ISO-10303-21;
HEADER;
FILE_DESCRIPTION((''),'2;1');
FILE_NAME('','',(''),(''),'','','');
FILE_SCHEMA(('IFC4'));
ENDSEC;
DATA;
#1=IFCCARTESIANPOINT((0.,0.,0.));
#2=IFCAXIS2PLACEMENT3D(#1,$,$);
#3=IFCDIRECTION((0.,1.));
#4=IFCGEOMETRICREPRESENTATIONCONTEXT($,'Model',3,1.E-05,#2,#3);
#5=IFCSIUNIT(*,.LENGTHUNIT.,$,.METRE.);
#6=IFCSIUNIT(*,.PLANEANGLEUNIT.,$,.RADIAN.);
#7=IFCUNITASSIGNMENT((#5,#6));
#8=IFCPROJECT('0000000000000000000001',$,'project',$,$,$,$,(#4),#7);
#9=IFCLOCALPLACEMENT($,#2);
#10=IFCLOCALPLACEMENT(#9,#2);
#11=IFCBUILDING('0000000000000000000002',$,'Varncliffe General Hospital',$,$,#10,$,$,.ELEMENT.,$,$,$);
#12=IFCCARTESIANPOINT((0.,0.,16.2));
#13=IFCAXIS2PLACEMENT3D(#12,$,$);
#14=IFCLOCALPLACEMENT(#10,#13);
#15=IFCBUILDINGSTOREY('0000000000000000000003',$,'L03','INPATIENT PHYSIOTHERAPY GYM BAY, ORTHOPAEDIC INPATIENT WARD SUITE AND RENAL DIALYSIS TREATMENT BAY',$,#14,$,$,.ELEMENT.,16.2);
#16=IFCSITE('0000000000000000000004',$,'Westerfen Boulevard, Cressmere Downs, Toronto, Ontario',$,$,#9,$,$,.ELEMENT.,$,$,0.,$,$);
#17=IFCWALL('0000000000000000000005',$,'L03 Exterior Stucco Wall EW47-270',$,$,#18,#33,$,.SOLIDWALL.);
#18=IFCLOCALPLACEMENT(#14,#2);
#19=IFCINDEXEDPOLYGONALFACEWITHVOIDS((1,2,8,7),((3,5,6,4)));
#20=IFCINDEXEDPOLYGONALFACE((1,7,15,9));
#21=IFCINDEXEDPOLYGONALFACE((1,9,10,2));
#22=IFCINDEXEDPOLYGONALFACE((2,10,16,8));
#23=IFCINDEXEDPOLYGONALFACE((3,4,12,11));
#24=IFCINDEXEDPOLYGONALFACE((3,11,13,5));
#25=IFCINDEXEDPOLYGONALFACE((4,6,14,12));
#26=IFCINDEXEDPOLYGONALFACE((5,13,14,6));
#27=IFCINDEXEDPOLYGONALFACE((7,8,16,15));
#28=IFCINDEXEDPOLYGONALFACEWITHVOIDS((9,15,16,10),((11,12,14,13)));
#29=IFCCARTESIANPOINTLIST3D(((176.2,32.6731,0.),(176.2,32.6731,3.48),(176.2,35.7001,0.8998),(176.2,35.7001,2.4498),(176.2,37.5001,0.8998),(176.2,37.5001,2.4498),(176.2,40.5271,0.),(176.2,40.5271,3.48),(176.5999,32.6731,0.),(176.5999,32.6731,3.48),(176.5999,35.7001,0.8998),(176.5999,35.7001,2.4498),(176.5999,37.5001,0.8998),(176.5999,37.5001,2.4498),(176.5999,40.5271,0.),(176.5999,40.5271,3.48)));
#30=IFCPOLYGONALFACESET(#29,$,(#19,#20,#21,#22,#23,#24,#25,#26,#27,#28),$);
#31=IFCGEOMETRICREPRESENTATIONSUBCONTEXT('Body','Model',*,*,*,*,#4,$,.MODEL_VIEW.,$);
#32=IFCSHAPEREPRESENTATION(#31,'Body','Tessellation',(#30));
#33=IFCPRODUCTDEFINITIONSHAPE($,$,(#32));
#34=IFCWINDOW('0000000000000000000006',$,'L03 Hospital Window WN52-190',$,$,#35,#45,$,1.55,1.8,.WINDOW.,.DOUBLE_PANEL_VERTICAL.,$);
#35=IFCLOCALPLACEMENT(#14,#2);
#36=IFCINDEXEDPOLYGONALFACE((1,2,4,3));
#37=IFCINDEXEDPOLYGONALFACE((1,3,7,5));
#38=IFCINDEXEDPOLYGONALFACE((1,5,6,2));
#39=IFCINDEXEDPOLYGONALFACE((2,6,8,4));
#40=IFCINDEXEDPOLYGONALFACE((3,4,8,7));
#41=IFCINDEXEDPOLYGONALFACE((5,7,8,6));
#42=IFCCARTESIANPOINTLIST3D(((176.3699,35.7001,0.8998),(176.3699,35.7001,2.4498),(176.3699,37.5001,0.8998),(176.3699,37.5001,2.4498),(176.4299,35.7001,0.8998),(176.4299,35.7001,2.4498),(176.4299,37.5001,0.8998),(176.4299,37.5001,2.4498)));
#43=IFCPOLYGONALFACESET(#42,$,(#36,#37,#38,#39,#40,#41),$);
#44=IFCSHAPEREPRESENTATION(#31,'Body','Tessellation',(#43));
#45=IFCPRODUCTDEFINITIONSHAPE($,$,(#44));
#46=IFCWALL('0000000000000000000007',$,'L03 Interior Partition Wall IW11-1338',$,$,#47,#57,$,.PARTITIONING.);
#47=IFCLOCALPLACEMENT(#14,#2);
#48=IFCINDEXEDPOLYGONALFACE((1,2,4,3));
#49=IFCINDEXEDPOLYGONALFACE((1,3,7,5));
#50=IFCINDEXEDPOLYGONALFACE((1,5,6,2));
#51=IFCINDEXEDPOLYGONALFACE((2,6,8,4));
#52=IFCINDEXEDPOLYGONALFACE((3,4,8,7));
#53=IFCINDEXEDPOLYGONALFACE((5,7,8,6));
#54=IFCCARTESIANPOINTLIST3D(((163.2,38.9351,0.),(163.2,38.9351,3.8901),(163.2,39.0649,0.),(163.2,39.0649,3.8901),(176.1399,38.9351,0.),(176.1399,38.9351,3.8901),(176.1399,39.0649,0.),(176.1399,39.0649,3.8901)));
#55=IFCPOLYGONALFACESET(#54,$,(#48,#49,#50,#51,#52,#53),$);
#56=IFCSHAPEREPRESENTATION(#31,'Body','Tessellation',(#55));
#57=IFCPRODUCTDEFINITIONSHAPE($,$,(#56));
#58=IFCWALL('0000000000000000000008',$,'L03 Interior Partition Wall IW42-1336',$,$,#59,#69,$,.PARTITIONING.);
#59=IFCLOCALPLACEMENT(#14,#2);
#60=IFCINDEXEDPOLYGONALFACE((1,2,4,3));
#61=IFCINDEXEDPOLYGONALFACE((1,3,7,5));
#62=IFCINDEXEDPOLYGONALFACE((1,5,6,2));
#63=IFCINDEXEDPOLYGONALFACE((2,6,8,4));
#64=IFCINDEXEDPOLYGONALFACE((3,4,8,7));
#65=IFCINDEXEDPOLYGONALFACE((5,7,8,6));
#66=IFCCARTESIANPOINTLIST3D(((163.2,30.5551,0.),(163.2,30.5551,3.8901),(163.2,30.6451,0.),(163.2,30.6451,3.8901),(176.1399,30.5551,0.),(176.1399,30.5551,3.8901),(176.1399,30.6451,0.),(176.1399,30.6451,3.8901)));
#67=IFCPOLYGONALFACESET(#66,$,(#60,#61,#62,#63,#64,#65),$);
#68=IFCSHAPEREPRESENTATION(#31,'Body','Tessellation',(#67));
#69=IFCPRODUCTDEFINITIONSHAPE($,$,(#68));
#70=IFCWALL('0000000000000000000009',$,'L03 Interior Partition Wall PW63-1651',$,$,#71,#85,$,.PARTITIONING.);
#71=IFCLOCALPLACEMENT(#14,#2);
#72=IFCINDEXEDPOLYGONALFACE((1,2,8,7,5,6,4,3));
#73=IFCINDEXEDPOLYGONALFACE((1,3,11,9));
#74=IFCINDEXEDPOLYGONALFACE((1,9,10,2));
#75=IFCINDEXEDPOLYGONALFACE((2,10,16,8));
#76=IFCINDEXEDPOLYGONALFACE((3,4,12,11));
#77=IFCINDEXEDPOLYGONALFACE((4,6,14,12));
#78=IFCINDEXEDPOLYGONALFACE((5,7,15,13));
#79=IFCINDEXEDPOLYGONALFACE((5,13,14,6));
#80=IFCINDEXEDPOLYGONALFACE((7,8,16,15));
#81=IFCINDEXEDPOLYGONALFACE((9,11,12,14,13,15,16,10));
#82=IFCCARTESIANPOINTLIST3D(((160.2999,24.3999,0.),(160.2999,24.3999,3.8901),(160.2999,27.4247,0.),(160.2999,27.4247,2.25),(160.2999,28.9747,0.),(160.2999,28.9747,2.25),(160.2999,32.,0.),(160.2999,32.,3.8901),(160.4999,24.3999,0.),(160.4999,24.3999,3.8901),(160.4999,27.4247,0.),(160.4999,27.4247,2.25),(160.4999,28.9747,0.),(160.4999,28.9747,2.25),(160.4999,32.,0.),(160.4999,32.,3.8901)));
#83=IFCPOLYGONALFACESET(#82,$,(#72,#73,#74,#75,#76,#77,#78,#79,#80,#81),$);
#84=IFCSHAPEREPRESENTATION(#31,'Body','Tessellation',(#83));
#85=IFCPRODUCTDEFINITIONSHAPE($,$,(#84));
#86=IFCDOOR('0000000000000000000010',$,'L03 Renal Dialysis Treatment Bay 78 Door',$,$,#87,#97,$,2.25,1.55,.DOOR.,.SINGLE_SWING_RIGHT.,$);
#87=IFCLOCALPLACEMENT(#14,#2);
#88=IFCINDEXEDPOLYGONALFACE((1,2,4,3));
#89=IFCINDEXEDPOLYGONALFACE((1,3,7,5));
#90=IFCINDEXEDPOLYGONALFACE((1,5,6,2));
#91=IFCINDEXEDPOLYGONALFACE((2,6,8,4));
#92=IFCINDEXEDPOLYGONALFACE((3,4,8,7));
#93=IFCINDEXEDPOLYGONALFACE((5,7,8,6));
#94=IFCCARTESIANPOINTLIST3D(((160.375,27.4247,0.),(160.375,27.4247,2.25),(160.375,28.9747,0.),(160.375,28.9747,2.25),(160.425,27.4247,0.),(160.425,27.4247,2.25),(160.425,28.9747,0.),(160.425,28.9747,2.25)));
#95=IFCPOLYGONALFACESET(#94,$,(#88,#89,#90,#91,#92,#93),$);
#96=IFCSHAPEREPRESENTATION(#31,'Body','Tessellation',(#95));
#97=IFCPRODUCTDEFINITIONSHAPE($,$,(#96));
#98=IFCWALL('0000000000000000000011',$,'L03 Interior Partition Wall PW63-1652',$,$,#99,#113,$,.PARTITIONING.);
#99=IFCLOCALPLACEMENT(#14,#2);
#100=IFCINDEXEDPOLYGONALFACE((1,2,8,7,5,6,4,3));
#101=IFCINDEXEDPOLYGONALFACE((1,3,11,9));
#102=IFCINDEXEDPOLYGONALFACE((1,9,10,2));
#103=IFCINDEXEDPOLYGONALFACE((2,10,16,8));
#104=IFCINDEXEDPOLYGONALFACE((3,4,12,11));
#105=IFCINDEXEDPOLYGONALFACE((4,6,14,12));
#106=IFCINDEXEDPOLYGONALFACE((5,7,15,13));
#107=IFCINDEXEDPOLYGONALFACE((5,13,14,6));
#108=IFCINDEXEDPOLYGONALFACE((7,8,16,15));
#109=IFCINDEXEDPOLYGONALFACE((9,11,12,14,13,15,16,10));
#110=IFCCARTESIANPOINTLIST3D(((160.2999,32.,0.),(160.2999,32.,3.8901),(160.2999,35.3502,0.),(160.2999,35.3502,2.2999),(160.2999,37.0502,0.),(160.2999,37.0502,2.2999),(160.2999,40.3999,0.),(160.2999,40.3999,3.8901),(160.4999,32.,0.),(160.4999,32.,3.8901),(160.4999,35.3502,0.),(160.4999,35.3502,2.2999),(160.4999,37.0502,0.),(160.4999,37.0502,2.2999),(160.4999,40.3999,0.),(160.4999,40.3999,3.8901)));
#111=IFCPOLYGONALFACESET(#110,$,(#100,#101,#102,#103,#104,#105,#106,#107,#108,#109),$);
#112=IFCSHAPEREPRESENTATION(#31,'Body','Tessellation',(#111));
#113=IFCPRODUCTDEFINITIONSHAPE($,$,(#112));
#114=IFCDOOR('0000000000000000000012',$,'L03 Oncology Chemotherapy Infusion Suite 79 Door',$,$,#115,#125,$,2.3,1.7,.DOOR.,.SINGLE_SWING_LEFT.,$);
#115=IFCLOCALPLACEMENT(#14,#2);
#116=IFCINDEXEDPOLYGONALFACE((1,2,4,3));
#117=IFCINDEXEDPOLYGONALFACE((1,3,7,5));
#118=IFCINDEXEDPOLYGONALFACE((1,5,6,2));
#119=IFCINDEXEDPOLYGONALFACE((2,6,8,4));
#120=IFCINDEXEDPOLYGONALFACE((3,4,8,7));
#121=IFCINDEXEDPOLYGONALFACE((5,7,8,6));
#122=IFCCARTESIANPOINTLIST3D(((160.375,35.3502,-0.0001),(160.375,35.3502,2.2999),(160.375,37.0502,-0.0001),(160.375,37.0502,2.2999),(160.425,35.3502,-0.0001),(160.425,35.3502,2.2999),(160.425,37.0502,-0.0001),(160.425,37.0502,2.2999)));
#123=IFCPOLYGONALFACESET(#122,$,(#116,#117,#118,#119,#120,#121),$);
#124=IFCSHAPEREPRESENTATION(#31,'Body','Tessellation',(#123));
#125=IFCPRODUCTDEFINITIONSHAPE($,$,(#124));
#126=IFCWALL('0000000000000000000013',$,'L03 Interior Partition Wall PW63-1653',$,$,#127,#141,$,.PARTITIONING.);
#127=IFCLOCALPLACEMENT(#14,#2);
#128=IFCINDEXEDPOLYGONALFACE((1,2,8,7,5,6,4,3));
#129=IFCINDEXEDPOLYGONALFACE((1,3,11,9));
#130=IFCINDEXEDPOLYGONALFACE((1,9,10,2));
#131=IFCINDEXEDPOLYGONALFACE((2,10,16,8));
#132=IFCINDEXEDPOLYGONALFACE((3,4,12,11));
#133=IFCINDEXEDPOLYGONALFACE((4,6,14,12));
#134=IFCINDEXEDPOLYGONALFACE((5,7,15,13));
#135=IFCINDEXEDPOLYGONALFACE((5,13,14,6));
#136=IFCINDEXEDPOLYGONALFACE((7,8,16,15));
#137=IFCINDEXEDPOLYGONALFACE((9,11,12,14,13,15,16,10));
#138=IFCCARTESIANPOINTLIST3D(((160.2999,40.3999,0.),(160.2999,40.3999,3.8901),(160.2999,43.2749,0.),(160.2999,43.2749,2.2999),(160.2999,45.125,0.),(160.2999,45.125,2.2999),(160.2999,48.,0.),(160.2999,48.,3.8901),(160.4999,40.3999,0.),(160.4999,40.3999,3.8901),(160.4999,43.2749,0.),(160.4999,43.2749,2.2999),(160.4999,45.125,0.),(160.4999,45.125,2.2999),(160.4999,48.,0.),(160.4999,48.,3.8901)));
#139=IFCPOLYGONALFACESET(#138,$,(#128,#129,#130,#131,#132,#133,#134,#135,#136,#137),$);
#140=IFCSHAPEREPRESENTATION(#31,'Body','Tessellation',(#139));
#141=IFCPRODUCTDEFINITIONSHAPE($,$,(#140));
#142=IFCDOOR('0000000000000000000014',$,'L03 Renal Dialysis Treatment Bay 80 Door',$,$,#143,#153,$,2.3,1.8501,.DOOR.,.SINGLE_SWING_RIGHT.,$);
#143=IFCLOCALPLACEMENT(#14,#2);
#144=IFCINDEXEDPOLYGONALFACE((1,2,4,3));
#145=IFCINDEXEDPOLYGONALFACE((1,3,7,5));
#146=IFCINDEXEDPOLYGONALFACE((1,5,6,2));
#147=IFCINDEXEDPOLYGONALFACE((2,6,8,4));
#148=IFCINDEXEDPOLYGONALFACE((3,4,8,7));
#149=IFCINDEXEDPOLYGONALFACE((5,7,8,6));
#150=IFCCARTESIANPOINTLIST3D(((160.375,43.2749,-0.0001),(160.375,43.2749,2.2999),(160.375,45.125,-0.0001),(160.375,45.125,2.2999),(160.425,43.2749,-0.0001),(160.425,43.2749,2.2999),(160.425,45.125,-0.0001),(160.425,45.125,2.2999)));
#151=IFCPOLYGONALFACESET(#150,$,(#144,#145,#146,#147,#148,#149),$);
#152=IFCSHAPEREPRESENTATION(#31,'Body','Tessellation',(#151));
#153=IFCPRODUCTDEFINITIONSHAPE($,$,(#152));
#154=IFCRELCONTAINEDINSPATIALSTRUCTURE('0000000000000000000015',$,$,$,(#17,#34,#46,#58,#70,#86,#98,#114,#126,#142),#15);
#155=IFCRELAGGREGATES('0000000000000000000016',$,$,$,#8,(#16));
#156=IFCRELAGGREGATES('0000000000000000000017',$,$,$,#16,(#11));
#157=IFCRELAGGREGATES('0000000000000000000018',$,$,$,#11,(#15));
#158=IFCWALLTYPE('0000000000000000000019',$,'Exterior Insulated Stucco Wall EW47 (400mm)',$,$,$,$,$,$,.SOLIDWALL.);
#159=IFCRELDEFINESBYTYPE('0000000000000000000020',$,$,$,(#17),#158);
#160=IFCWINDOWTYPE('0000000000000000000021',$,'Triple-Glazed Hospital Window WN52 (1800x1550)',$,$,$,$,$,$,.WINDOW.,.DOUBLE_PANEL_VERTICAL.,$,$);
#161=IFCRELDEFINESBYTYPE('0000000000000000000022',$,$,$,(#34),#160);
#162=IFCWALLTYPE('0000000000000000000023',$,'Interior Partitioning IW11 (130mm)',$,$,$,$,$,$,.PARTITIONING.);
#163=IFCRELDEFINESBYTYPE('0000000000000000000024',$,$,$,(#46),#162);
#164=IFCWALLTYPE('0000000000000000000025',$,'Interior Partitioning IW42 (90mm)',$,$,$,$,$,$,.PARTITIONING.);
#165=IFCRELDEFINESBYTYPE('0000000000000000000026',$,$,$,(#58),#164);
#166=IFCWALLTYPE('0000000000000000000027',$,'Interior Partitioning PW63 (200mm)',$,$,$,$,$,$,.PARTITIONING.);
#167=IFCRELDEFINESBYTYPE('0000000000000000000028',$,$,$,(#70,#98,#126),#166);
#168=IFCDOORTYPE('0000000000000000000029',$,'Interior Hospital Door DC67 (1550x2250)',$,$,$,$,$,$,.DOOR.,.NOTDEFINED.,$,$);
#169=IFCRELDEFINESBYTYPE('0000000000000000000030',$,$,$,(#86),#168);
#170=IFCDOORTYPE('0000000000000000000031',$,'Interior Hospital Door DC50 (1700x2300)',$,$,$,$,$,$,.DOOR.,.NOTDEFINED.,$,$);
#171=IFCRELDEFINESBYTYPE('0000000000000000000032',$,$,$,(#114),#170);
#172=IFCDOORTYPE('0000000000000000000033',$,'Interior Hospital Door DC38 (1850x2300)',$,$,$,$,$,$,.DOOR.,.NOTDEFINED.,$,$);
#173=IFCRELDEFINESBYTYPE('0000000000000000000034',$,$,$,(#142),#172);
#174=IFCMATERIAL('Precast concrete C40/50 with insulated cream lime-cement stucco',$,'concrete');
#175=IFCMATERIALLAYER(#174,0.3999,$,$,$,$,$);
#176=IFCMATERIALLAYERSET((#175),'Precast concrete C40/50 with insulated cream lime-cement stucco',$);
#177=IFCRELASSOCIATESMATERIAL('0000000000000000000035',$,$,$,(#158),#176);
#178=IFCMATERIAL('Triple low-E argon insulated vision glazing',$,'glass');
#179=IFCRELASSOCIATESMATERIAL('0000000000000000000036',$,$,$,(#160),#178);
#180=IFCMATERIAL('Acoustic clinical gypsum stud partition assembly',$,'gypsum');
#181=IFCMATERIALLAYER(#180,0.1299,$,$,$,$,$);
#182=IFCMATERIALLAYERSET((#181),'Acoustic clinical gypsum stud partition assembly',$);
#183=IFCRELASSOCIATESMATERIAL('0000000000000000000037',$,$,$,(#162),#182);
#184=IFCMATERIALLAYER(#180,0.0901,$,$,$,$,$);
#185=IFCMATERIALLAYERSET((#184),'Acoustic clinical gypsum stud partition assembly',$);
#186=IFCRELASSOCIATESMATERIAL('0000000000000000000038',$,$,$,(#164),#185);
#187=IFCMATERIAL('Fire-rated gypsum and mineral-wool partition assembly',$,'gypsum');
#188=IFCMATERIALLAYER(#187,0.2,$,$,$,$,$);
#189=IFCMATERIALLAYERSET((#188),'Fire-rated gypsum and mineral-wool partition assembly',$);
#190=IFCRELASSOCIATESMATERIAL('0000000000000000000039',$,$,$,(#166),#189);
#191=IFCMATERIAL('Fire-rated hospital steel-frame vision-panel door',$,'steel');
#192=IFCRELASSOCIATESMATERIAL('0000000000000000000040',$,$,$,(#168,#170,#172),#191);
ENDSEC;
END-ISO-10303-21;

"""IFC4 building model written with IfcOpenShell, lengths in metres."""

from ifc_helpers import new_model, si_unit, direction, frame, frame_2d, origin, place, context, subcontext, project, spatial, rectangle, extrude, material, layer, layer_set, type_object, element, fill, save


model = new_model("IFC4")

# Units and contexts
model_context = context("Model", 3, precision=1e-05, world=origin(), true_north=direction((0.0, 1.0)))
body_context = subcontext(model_context, "Body", "Model", "MODEL_VIEW")
ifc_project = project(units=[si_unit("LENGTHUNIT", "METRE"), si_unit("PLANEANGLEUNIT", "RADIAN")], contexts=[model_context])

# Site, building, storey
site_placement = place(None, origin())
site = spatial("IfcSite", under=ifc_project, at=site_placement, Name="Westerfen Boulevard, Cressmere Downs, Toronto, Ontario", CompositionType="ELEMENT", RefElevation=0.0)
building_placement = place(site_placement, origin())
building = spatial("IfcBuilding", under=site, at=building_placement, Name="Varncliffe General Hospital", CompositionType="ELEMENT")
storey_placement = place(building_placement, frame((0.0, 0.0, 16.2)))
storey = spatial("IfcBuildingStorey", under=building, at=storey_placement, Name="L03", Description="INPATIENT PHYSIOTHERAPY GYM BAY, ORTHOPAEDIC INPATIENT WARD SUITE AND RENAL DIALYSIS TREATMENT BAY", CompositionType="ELEMENT", Elevation=16.2)

# Wall, opening, window
ifc_material_1 = material(Name="Precast concrete C40/50 with insulated cream lime-cement stucco", Category="concrete")
ifc_material_2 = material(Name="Triple low-E argon insulated vision glazing", Category="glass")
ifc_layer_1 = layer(ifc_material_1, 0.3999)
ifc_layer_set_1 = layer_set([ifc_layer_1], Name="Precast concrete C40/50 with insulated cream lime-cement stucco")
wall_type_1 = type_object("IfcWallType", Name="Exterior Insulated Stucco Wall EW47 (400mm)", PredefinedType="SOLIDWALL", material=ifc_layer_set_1)
wall_1_placement = place(storey_placement, frame((176.3999, 40.5271, 0.0), z_axis=(0.0, 0.0, 1.0), x_axis=(0.0, -1.0, 0.0)))
wall_1 = element("IfcWall", 1, at=wall_1_placement, inside=storey, type_object=wall_type_1, Name="L03 Exterior Stucco Wall EW47-270", PredefinedType="SOLIDWALL", context=body_context, shape_type="SweptSolid", body=[
    extrude(rectangle(XDim=7.854, YDim=0.3999, at=frame_2d((3.927, 0.0))), origin(), (0.0, 0.0, 1.0), 3.48),
])
opening_1_placement = place(wall_1_placement, frame((3.0271, 0.0, 0.8999)))
opening_1 = element("IfcOpeningElement", 2, at=opening_1_placement, cuts=wall_1, PredefinedType="OPENING", context=body_context, shape_type="SweptSolid", body=[
    extrude(rectangle(XDim=1.8, YDim=1.55, at=frame_2d((0.8999, 0.7749))), frame((0.0, 0.21, 0.0), z_axis=(0.0, -1.0, 0.0), x_axis=(1.0, 0.0, 0.0)), (0.0, 0.0, 1.0), 0.4199),
])
window_type_1 = type_object("IfcWindowType", Name="Triple-Glazed Hospital Window WN52 (1800x1550)", PartitioningType="DOUBLE_PANEL_VERTICAL", PredefinedType="WINDOW", material=ifc_material_2)
window_1_placement = place(opening_1_placement, origin())
window_1 = element("IfcWindow", 3, at=window_1_placement, inside=storey, type_object=window_type_1, Name="L03 Hospital Window WN52-190", OverallHeight=1.55, OverallWidth=1.8, PartitioningType="DOUBLE_PANEL_VERTICAL", PredefinedType="WINDOW", context=body_context, shape_type="SweptSolid", body=[
    extrude(rectangle(XDim=1.8, YDim=1.55, at=frame_2d((0.8999, 0.7749))), frame((0.0, 0.03, 0.0), z_axis=(0.0, -1.0, 0.0), x_axis=(1.0, 0.0, 0.0)), (0.0, 0.0, 1.0), 0.0601),
])
fill(opening_1, window_1)

# Walls
ifc_material_3 = material(Name="Acoustic clinical gypsum stud partition assembly", Category="gypsum")
ifc_layer_2 = layer(ifc_material_3, 0.1299)
ifc_layer_set_2 = layer_set([ifc_layer_2], Name="Acoustic clinical gypsum stud partition assembly")
wall_type_2 = type_object("IfcWallType", Name="Interior Partitioning IW11 (130mm)", PredefinedType="PARTITIONING", material=ifc_layer_set_2)
wall_2_placement = place(storey_placement, frame((163.2, 39.0, 0.0), z_axis=(0.0, 0.0, 1.0), x_axis=(1.0, 0.0, 0.0)))
element("IfcWall", 4, at=wall_2_placement, inside=storey, type_object=wall_type_2, Name="L03 Interior Partition Wall IW11-1338", PredefinedType="PARTITIONING", context=body_context, shape_type="SweptSolid", body=[
    extrude(rectangle(XDim=12.9399, YDim=0.1299, at=frame_2d((6.47, 0.0))), origin(), (0.0, 0.0, 1.0), 3.8901),
])
ifc_layer_3 = layer(ifc_material_3, 0.0901)
ifc_layer_set_3 = layer_set([ifc_layer_3], Name="Acoustic clinical gypsum stud partition assembly")
wall_type_3 = type_object("IfcWallType", Name="Interior Partitioning IW42 (90mm)", PredefinedType="PARTITIONING", material=ifc_layer_set_3)
wall_3_placement = place(storey_placement, frame((163.2, 30.6001, 0.0), z_axis=(0.0, 0.0, 1.0), x_axis=(1.0, 0.0, 0.0)))
element("IfcWall", 5, at=wall_3_placement, inside=storey, type_object=wall_type_3, Name="L03 Interior Partition Wall IW42-1336", PredefinedType="PARTITIONING", context=body_context, shape_type="SweptSolid", body=[
    extrude(rectangle(XDim=12.9399, YDim=0.0901, at=frame_2d((6.47, 0.0))), origin(), (0.0, 0.0, 1.0), 3.8901),
])

# Walls, openings, doors
ifc_material_4 = material(Name="Fire-rated gypsum and mineral-wool partition assembly", Category="gypsum")
ifc_layer_4 = layer(ifc_material_4, 0.2)
ifc_layer_set_4 = layer_set([ifc_layer_4], Name="Fire-rated gypsum and mineral-wool partition assembly")
wall_type_4 = type_object("IfcWallType", Name="Interior Partitioning PW63 (200mm)", PredefinedType="PARTITIONING", material=ifc_layer_set_4)
wall_4_placement = place(storey_placement, frame((160.3999, 24.3999, 0.0), z_axis=(0.0, 0.0, 1.0), x_axis=(0.0, 1.0, 0.0)))
wall_4 = element("IfcWall", 6, at=wall_4_placement, inside=storey, type_object=wall_type_4, Name="L03 Interior Partition Wall PW63-1651", PredefinedType="PARTITIONING", context=body_context, shape_type="SweptSolid", body=[
    extrude(rectangle(XDim=7.6001, YDim=0.2, at=frame_2d((3.8, 0.0))), origin(), (0.0, 0.0, 1.0), 3.8901),
])
opening_2_placement = place(wall_4_placement, frame((3.0249, 0.0, 0.0)))
opening_2 = element("IfcOpeningElement", 7, at=opening_2_placement, cuts=wall_4, PredefinedType="OPENING", context=body_context, shape_type="SweptSolid", body=[
    extrude(rectangle(XDim=1.55, YDim=2.25, at=frame_2d((0.7749, 1.125))), frame((0.0, 0.1099, 0.0), z_axis=(0.0, -1.0, 0.0), x_axis=(1.0, 0.0, 0.0)), (0.0, 0.0, 1.0), 0.22),
])
ifc_material_5 = material(Name="Fire-rated hospital steel-frame vision-panel door", Category="steel")
door_type_1 = type_object("IfcDoorType", Name="Interior Hospital Door DC67 (1550x2250)", OperationType="NOTDEFINED", PredefinedType="DOOR", material=ifc_material_5)
door_1_placement = place(opening_2_placement, origin())
door_1 = element("IfcDoor", 8, at=door_1_placement, inside=storey, type_object=door_type_1, Name="L03 Renal Dialysis Treatment Bay 78 Door", OperationType="SINGLE_SWING_RIGHT", OverallHeight=2.25, OverallWidth=1.55, PredefinedType="DOOR", context=body_context, shape_type="SweptSolid", body=[
    extrude(rectangle(XDim=1.55, YDim=2.25, at=frame_2d((0.7749, 1.125))), frame((0.0, 0.0249, 0.0), z_axis=(0.0, -1.0, 0.0), x_axis=(1.0, 0.0, 0.0)), (0.0, 0.0, 1.0), 0.05),
])
fill(opening_2, door_1)
wall_5_placement = place(storey_placement, frame((160.3999, 32.0, 0.0), z_axis=(0.0, 0.0, 1.0), x_axis=(0.0, 1.0, 0.0)))
wall_5 = element("IfcWall", 9, at=wall_5_placement, inside=storey, type_object=wall_type_4, Name="L03 Interior Partition Wall PW63-1652", PredefinedType="PARTITIONING", context=body_context, shape_type="SweptSolid", body=[
    extrude(rectangle(XDim=8.3999, YDim=0.2, at=frame_2d((4.2, 0.0))), origin(), (0.0, 0.0, 1.0), 3.8901),
])
opening_3_placement = place(wall_5_placement, frame((3.3501, 0.0, 0.0)))
opening_3 = element("IfcOpeningElement", 10, at=opening_3_placement, cuts=wall_5, PredefinedType="OPENING", context=body_context, shape_type="SweptSolid", body=[
    extrude(rectangle(XDim=1.7, YDim=2.3, at=frame_2d((0.8501, 1.1499))), frame((0.0, 0.1099, 0.0), z_axis=(0.0, -1.0, 0.0), x_axis=(1.0, 0.0, 0.0)), (0.0, 0.0, 1.0), 0.22),
])
door_type_2 = type_object("IfcDoorType", Name="Interior Hospital Door DC50 (1700x2300)", OperationType="NOTDEFINED", PredefinedType="DOOR", material=ifc_material_5)
door_2_placement = place(opening_3_placement, origin())
door_2 = element("IfcDoor", 11, at=door_2_placement, inside=storey, type_object=door_type_2, Name="L03 Oncology Chemotherapy Infusion Suite 79 Door", OperationType="SINGLE_SWING_LEFT", OverallHeight=2.3, OverallWidth=1.7, PredefinedType="DOOR", context=body_context, shape_type="SweptSolid", body=[
    extrude(rectangle(XDim=1.7, YDim=2.3, at=frame_2d((0.8501, 1.1499))), frame((0.0, 0.0249, 0.0), z_axis=(0.0, -1.0, 0.0), x_axis=(1.0, 0.0, 0.0)), (0.0, 0.0, 1.0), 0.05),
])
fill(opening_3, door_2)
wall_6_placement = place(storey_placement, frame((160.3999, 40.3999, 0.0), z_axis=(0.0, 0.0, 1.0), x_axis=(0.0, 1.0, 0.0)))
wall_6 = element("IfcWall", 12, at=wall_6_placement, inside=storey, type_object=wall_type_4, Name="L03 Interior Partition Wall PW63-1653", PredefinedType="PARTITIONING", context=body_context, shape_type="SweptSolid", body=[
    extrude(rectangle(XDim=7.6001, YDim=0.2, at=frame_2d((3.8, 0.0))), origin(), (0.0, 0.0, 1.0), 3.8901),
])
opening_4_placement = place(wall_6_placement, frame((2.875, 0.0, 0.0)))
opening_4 = element("IfcOpeningElement", 13, at=opening_4_placement, cuts=wall_6, PredefinedType="OPENING", context=body_context, shape_type="SweptSolid", body=[
    extrude(rectangle(XDim=1.8501, YDim=2.3, at=frame_2d((0.925, 1.1499))), frame((0.0, 0.1099, 0.0), z_axis=(0.0, -1.0, 0.0), x_axis=(1.0, 0.0, 0.0)), (0.0, 0.0, 1.0), 0.22),
])
door_type_3 = type_object("IfcDoorType", Name="Interior Hospital Door DC38 (1850x2300)", OperationType="NOTDEFINED", PredefinedType="DOOR", material=ifc_material_5)
door_3_placement = place(opening_4_placement, origin())
door_3 = element("IfcDoor", 14, at=door_3_placement, inside=storey, type_object=door_type_3, Name="L03 Renal Dialysis Treatment Bay 80 Door", OperationType="SINGLE_SWING_RIGHT", OverallHeight=2.3, OverallWidth=1.8501, PredefinedType="DOOR", context=body_context, shape_type="SweptSolid", body=[
    extrude(rectangle(XDim=1.8501, YDim=2.3, at=frame_2d((0.925, 1.1499))), frame((0.0, 0.0249, 0.0), z_axis=(0.0, -1.0, 0.0), x_axis=(1.0, 0.0, 0.0)), (0.0, 0.0, 1.0), 0.05),
])
fill(opening_4, door_3)

save(model, "model.ifc")
